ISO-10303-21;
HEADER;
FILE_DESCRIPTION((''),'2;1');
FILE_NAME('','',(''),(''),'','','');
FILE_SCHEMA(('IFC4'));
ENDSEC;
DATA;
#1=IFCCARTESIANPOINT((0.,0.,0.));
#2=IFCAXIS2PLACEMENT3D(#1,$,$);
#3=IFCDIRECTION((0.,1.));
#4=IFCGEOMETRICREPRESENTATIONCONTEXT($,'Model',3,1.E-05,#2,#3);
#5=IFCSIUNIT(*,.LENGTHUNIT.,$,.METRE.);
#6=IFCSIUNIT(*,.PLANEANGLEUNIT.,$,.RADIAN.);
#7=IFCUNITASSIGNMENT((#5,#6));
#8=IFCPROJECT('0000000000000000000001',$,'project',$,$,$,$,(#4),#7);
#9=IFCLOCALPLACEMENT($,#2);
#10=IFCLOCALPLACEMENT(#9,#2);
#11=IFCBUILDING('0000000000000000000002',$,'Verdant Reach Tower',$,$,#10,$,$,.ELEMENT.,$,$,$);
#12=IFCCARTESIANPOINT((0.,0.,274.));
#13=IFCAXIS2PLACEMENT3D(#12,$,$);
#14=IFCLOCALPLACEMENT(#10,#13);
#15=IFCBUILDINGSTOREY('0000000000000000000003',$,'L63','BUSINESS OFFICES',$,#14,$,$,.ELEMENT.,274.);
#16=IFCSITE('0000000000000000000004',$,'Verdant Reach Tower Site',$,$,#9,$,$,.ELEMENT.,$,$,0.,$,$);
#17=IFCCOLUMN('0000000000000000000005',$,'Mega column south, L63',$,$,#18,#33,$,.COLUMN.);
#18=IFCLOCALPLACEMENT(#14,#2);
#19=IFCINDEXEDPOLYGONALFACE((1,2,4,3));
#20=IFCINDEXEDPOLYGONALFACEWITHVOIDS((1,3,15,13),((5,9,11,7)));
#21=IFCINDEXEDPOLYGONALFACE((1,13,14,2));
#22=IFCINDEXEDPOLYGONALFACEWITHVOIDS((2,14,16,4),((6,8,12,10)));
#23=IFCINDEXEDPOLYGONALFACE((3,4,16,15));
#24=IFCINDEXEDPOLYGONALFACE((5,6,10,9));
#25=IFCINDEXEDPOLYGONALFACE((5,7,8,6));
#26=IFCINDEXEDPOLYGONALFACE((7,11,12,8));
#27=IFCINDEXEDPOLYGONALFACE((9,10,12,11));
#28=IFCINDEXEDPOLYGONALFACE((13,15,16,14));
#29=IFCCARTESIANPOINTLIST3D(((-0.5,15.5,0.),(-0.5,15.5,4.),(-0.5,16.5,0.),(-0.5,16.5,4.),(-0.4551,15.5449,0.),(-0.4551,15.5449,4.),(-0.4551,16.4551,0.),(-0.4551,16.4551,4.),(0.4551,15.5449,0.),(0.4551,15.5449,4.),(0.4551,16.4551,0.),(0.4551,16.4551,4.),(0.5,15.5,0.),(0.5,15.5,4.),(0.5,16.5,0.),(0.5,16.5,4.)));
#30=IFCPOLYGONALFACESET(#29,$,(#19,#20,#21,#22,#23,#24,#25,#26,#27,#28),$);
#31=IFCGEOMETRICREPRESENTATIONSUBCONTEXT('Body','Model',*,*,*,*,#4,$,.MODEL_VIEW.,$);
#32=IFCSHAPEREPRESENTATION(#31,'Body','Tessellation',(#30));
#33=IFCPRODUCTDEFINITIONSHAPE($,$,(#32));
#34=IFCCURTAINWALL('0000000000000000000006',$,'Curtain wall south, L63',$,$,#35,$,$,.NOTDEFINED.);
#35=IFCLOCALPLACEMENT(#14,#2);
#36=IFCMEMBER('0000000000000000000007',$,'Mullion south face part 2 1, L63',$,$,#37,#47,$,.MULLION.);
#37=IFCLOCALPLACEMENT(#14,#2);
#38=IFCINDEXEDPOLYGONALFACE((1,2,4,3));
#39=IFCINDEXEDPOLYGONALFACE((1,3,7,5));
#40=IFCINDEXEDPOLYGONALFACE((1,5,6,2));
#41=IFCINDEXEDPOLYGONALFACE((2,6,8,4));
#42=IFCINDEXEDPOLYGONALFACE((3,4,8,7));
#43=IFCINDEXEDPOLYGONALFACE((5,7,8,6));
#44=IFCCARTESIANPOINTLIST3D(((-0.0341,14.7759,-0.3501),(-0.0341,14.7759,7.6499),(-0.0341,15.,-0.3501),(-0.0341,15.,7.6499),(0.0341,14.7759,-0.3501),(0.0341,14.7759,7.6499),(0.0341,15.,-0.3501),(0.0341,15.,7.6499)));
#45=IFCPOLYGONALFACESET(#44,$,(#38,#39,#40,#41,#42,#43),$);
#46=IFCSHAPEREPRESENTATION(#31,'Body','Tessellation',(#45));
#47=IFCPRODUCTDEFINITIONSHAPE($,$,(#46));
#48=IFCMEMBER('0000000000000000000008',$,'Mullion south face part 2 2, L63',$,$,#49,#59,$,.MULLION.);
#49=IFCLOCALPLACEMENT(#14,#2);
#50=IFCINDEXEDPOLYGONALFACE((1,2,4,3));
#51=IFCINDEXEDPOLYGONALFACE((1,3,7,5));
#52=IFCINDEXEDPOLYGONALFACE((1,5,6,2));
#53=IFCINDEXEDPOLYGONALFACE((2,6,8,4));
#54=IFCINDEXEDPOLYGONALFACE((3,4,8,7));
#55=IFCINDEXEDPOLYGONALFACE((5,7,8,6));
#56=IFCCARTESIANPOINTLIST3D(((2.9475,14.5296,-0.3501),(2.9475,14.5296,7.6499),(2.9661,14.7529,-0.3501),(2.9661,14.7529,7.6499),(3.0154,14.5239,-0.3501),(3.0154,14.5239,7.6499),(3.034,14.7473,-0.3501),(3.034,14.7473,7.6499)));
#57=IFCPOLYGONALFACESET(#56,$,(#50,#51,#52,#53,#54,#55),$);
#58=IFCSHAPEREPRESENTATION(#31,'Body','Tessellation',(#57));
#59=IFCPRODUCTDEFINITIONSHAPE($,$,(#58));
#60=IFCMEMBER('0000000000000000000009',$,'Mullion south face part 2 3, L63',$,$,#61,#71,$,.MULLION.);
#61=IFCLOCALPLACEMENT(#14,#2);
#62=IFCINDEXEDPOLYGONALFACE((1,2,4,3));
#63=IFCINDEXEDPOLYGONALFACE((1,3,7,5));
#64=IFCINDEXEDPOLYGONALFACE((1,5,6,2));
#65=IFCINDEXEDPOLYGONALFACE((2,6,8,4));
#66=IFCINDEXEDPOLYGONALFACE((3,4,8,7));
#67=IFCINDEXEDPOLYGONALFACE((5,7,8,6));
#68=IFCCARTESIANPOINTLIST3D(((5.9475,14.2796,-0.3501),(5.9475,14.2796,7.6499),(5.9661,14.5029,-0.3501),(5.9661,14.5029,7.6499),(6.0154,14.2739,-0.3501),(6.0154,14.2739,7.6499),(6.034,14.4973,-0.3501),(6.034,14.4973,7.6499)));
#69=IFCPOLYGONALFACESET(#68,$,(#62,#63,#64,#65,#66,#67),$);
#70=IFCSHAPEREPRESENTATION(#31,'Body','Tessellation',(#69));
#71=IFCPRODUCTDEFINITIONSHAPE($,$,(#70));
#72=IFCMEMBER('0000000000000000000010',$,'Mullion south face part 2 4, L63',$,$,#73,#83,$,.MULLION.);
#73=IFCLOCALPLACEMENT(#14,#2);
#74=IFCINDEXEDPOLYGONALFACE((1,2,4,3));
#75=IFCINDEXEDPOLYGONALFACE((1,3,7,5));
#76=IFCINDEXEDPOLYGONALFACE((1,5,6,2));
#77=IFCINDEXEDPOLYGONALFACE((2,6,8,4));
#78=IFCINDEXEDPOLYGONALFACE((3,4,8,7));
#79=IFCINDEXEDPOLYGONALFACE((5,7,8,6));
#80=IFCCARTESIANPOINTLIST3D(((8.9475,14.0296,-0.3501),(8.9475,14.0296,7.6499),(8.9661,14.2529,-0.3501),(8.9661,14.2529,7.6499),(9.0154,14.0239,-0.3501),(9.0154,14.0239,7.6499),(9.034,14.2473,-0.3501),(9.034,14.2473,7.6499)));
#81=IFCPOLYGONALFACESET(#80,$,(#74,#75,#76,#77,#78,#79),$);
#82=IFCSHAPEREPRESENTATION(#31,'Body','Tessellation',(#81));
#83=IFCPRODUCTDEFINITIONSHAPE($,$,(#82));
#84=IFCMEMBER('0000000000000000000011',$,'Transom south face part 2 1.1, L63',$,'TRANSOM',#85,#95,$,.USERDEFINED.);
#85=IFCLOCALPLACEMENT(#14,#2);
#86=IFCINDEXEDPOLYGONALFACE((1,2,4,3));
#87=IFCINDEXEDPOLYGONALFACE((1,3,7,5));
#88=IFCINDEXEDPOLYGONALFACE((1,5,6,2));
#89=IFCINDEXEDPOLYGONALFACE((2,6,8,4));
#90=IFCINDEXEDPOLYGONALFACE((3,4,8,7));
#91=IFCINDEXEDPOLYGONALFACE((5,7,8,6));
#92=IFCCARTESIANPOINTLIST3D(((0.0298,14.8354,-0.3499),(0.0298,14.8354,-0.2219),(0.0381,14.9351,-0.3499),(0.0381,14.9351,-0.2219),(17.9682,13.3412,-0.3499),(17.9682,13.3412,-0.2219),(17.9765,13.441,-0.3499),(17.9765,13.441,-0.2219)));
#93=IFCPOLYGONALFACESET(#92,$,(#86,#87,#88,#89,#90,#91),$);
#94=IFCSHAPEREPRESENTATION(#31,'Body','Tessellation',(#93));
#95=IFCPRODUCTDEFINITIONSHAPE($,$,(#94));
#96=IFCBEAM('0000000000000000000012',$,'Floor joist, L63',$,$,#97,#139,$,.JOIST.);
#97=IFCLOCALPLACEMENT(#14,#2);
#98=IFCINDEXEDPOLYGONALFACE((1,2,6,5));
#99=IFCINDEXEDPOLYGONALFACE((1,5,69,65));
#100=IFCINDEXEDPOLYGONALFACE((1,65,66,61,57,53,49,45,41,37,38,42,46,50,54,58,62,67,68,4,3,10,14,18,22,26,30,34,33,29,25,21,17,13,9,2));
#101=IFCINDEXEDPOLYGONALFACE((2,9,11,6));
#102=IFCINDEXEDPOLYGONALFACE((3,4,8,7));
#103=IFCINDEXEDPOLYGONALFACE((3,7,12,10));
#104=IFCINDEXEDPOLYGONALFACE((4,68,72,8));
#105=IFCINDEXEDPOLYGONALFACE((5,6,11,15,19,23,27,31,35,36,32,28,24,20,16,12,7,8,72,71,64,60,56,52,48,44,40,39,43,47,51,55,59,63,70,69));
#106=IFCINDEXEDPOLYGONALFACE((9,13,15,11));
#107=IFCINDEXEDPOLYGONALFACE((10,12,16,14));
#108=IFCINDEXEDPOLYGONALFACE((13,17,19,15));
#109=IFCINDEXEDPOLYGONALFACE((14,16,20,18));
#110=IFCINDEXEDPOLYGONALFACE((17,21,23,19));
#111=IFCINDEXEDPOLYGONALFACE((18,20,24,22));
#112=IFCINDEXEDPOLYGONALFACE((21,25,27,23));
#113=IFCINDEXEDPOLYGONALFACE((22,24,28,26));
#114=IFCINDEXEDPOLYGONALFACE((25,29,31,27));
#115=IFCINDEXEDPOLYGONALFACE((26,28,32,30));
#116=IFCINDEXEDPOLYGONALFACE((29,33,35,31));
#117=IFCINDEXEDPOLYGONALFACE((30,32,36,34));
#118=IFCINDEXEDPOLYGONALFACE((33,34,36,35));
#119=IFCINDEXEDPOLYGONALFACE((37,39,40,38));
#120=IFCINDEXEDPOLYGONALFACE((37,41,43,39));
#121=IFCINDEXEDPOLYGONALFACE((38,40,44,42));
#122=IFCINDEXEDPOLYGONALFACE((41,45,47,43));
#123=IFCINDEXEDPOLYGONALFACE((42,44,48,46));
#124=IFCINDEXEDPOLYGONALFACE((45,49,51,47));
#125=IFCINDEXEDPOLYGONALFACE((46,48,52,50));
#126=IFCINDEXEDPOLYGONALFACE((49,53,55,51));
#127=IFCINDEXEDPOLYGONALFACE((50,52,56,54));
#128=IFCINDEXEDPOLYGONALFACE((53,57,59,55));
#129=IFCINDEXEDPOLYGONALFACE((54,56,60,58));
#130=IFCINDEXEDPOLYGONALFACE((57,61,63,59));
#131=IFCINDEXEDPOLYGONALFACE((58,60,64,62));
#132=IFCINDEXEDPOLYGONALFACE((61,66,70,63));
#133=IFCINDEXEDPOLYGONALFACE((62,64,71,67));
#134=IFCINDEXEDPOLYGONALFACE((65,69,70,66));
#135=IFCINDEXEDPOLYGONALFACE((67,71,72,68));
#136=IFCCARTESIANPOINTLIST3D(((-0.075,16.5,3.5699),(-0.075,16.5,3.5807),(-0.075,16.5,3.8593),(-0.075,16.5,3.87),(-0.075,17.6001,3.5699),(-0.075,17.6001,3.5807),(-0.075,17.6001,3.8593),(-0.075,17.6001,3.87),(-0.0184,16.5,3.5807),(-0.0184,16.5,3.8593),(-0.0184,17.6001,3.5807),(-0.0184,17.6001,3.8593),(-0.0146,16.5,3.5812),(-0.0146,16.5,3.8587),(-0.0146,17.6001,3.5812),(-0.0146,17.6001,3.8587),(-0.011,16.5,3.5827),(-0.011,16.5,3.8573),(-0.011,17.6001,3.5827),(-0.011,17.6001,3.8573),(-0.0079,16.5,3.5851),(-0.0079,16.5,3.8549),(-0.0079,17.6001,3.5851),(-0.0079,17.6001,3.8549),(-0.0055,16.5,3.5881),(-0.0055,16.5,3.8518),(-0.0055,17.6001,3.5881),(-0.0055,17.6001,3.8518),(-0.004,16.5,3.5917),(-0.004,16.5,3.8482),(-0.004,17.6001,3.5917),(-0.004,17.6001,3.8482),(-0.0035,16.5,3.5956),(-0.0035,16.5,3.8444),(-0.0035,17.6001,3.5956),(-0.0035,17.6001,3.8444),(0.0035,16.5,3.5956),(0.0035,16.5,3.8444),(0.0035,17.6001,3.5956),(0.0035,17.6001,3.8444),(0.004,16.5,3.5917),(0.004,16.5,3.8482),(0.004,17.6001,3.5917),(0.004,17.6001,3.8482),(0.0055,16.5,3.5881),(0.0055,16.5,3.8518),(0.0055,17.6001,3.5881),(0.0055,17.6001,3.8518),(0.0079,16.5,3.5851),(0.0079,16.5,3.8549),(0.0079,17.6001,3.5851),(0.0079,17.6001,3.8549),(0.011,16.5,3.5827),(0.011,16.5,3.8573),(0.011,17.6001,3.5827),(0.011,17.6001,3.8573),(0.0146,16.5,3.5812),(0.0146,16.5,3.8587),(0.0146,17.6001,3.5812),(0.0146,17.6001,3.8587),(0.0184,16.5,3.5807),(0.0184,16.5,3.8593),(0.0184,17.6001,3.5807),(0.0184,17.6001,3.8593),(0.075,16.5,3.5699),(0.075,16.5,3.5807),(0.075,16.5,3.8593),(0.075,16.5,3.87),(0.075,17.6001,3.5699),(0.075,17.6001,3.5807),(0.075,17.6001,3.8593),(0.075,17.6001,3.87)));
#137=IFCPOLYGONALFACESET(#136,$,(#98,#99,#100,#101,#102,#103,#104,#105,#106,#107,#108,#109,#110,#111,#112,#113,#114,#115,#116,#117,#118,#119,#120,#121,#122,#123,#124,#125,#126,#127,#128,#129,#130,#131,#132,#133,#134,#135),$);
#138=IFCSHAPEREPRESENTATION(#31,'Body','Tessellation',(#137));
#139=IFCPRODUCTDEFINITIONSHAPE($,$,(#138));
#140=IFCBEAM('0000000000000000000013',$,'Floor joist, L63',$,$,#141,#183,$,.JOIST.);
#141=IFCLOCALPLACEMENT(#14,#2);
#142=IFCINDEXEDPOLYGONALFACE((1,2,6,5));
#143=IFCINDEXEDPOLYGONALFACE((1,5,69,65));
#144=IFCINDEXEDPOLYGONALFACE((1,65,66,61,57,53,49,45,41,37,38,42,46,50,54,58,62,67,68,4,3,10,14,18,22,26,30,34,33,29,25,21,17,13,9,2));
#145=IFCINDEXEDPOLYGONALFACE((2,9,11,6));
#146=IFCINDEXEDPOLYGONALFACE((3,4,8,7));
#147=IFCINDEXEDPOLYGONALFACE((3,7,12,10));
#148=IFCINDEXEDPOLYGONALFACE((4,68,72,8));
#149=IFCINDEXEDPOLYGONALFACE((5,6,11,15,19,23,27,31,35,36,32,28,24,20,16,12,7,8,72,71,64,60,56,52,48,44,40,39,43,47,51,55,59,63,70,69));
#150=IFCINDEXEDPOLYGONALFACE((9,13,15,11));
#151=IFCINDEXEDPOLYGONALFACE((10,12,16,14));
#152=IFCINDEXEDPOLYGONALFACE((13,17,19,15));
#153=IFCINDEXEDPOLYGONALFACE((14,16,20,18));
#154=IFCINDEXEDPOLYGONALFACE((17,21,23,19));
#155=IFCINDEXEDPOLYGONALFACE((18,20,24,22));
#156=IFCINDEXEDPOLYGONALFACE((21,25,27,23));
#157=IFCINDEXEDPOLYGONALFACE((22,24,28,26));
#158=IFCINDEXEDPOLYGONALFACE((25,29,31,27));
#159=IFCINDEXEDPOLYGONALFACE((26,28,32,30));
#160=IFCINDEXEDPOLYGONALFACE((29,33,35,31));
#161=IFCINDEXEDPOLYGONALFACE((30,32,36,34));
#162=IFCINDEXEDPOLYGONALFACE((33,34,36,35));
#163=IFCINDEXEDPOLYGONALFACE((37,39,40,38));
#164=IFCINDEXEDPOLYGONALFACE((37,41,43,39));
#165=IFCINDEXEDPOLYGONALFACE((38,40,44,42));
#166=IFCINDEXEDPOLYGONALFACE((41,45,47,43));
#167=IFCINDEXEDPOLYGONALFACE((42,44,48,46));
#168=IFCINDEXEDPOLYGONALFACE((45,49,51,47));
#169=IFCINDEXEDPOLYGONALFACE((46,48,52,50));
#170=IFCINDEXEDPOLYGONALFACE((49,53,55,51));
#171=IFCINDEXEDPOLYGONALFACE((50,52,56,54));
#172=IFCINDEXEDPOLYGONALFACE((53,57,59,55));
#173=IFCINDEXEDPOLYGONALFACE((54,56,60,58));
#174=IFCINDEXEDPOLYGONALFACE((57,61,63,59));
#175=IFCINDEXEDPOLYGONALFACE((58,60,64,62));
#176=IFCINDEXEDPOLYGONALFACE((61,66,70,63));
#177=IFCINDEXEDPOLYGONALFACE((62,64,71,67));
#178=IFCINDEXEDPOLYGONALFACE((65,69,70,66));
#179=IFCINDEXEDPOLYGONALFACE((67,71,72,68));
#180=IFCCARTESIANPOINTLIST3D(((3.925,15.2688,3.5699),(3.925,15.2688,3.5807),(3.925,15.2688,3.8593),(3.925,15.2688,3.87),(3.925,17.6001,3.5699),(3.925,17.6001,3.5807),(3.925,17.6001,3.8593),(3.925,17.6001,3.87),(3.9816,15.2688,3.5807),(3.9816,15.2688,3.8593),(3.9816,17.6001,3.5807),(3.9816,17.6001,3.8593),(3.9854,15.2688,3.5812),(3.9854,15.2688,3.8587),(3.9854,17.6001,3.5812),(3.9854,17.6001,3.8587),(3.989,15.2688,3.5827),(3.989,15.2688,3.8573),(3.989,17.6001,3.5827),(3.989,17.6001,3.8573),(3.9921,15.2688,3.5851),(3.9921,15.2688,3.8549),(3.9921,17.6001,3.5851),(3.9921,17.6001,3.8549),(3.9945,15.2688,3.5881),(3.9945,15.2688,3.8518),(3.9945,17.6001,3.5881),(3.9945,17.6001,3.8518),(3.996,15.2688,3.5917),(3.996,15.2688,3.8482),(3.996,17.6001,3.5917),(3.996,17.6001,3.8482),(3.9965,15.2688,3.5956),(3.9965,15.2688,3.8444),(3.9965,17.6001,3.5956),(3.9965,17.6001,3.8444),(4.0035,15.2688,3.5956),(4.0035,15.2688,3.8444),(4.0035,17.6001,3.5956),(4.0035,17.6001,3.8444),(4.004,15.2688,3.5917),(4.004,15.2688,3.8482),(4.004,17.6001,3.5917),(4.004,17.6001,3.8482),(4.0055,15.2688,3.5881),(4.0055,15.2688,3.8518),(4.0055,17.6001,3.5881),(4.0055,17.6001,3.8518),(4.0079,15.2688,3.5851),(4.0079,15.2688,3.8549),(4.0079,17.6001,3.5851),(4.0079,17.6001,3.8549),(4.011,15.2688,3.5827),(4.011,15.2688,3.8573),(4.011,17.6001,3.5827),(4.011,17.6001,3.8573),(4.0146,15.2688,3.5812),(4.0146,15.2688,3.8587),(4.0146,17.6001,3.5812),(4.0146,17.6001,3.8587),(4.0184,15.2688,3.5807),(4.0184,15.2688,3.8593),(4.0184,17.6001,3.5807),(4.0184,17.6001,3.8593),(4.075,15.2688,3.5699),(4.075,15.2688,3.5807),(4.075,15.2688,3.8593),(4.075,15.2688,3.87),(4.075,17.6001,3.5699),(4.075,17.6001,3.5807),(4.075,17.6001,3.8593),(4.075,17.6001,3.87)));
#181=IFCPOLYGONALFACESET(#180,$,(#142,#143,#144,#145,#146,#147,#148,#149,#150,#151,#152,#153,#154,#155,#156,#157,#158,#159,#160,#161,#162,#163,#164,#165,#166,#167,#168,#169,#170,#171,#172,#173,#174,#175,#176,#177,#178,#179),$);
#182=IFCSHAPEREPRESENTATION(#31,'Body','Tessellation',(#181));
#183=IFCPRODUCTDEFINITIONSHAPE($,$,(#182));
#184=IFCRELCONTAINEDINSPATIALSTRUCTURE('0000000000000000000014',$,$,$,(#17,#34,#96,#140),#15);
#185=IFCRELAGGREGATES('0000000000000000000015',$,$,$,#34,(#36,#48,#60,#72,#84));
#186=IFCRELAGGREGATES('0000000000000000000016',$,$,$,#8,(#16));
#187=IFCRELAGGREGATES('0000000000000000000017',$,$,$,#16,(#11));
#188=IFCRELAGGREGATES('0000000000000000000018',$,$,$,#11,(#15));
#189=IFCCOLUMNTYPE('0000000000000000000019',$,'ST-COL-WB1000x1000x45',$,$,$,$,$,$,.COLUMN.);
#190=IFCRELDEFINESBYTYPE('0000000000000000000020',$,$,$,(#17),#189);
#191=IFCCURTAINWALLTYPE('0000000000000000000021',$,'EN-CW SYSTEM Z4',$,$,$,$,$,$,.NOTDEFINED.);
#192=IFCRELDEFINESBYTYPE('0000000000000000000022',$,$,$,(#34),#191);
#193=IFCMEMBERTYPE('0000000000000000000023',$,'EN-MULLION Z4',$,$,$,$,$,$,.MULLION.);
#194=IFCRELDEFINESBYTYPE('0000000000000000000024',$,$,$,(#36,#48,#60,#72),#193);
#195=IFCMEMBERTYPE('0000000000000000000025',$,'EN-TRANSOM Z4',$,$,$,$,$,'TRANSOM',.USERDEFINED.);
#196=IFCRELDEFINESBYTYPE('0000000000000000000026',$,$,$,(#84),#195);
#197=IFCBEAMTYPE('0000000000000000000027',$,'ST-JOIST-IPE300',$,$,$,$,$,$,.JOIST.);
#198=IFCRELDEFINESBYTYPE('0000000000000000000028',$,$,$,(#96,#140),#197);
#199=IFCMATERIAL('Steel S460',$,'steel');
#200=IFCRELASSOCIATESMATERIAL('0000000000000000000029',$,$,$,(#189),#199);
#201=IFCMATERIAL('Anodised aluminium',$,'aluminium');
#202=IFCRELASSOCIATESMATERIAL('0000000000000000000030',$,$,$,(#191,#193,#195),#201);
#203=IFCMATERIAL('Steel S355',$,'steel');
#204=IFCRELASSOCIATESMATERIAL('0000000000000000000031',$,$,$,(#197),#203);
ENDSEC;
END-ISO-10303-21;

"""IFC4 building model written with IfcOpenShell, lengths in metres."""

from ifc_helpers import new_model, si_unit, direction, frame, origin, origin_2d, place, context, subcontext, project, spatial, rectangle, hollow_rectangle, i_section, extrude, material, material_profile, profile_set, type_object, element, aggregate, save


model = new_model("IFC4")

# Units and contexts
model_context = context("Model", 3, precision=1e-05, world=origin(), true_north=direction((0.0, 1.0)))
body_context = subcontext(model_context, "Body", "Model", "MODEL_VIEW")
ifc_project = project(units=[si_unit("LENGTHUNIT", "METRE"), si_unit("PLANEANGLEUNIT", "RADIAN")], contexts=[model_context])

# Site, building, storey
site_placement = place(None, origin())
site = spatial("IfcSite", under=ifc_project, at=site_placement, Name="Verdant Reach Tower Site", CompositionType="ELEMENT", RefElevation=0.0)
building_placement = place(site_placement, origin())
building = spatial("IfcBuilding", under=site, at=building_placement, Name="Verdant Reach Tower", CompositionType="ELEMENT")
storey_placement = place(building_placement, frame((0.0, 0.0, 274.0)))
storey = spatial("IfcBuildingStorey", under=building, at=storey_placement, Name="L63", Description="BUSINESS OFFICES", CompositionType="ELEMENT", Elevation=274.0)

# Column
ifc_material_1 = material(Name="Steel S460", Category="steel")
ifc_material_profile_1 = material_profile(ifc_material_1, hollow_rectangle(XDim=1.0, YDim=1.0, WallThickness=0.0449, at=origin_2d()), Name="WB 1000x1000x45")
ifc_profile_set_1 = profile_set([ifc_material_profile_1], Name="Steel S460")
column_type = type_object("IfcColumnType", Name="ST-COL-WB1000x1000x45", PredefinedType="COLUMN", material=ifc_profile_set_1)
column_placement = place(storey_placement, frame((0.0, 16.0, 0.0), z_axis=(0.0, 0.0, 1.0), x_axis=(1.0, 0.0, 0.0)))
element("IfcColumn", 1, at=column_placement, inside=storey, type_object=column_type, Name="Mega column south, L63", PredefinedType="COLUMN", context=body_context, shape_type="SweptSolid", body=[
    extrude(hollow_rectangle(XDim=1.0, YDim=1.0, WallThickness=0.0449, at=origin_2d()), origin(), (0.0, 0.0, 1.0), 4.0),
])

# Curtain wall, members
ifc_material_2 = material(Name="Anodised aluminium", Category="aluminium")
curtain_wall_type = type_object("IfcCurtainWallType", Name="EN-CW SYSTEM Z4", PredefinedType="NOTDEFINED", material=ifc_material_2)
curtain_wall_placement = place(storey_placement, origin())
curtain_wall = element("IfcCurtainWall", 2, at=curtain_wall_placement, inside=storey, type_object=curtain_wall_type, Name="Curtain wall south, L63", PredefinedType="NOTDEFINED")
ifc_material_profile_2 = material_profile(ifc_material_2, rectangle(XDim=0.2241, YDim=0.0681, at=origin_2d()), Name="Mullion 68x224")
ifc_profile_set_2 = profile_set([ifc_material_profile_2], Name="Anodised aluminium")
member_type_1 = type_object("IfcMemberType", Name="EN-MULLION Z4", PredefinedType="MULLION", material=ifc_profile_set_2)
member_1_placement = place(storey_placement, frame((0.0, 14.8879, -0.3501), z_axis=(0.0, 0.0, 1.0), x_axis=(0.0, -1.0, 0.0)))
member_1 = element("IfcMember", 3, at=member_1_placement, type_object=member_type_1, Name="Mullion south face part 2 1, L63", PredefinedType="MULLION", context=body_context, shape_type="SweptSolid", body=[
    extrude(rectangle(XDim=0.2241, YDim=0.0681, at=origin_2d()), origin(), (0.0, 0.0, 1.0), 8.0),
])
member_2_placement = place(storey_placement, frame((2.9907, 14.6384, -0.3501), z_axis=(0.0, 0.0, 1.0), x_axis=(-0.083045, -0.996546, 0.0)))
member_2 = element("IfcMember", 4, at=member_2_placement, type_object=member_type_1, Name="Mullion south face part 2 2, L63", PredefinedType="MULLION", context=body_context, shape_type="SweptSolid", body=[
    extrude(rectangle(XDim=0.2241, YDim=0.0681, at=origin_2d()), origin(), (0.0, 0.0, 1.0), 8.0),
])
member_3_placement = place(storey_placement, frame((5.9907, 14.3884, -0.3501), z_axis=(0.0, 0.0, 1.0), x_axis=(-0.083045, -0.996546, 0.0)))
member_3 = element("IfcMember", 5, at=member_3_placement, type_object=member_type_1, Name="Mullion south face part 2 3, L63", PredefinedType="MULLION", context=body_context, shape_type="SweptSolid", body=[
    extrude(rectangle(XDim=0.2241, YDim=0.0681, at=origin_2d()), origin(), (0.0, 0.0, 1.0), 8.0),
])
member_4_placement = place(storey_placement, frame((8.9907, 14.1384, -0.3501), z_axis=(0.0, 0.0, 1.0), x_axis=(-0.083045, -0.996546, 0.0)))
member_4 = element("IfcMember", 6, at=member_4_placement, type_object=member_type_1, Name="Mullion south face part 2 4, L63", PredefinedType="MULLION", context=body_context, shape_type="SweptSolid", body=[
    extrude(rectangle(XDim=0.2241, YDim=0.0681, at=origin_2d()), origin(), (0.0, 0.0, 1.0), 8.0),
])
ifc_material_profile_3 = material_profile(ifc_material_2, rectangle(XDim=0.1001, YDim=0.1279, at=origin_2d()), Name="Transom 128x100")
ifc_profile_set_3 = profile_set([ifc_material_profile_3], Name="Anodised aluminium")
member_type_2 = type_object("IfcMemberType", Name="EN-TRANSOM Z4", ElementType="TRANSOM", PredefinedType="USERDEFINED", material=ifc_profile_set_3)
member_5_placement = place(storey_placement, frame((0.0339, 14.8853, -0.2859), z_axis=(0.996549, -0.083005, 0.0), x_axis=(0.083005, 0.996549, 0.0)))
member_5 = element("IfcMember", 7, at=member_5_placement, type_object=member_type_2, Name="Transom south face part 2 1.1, L63", ObjectType="TRANSOM", PredefinedType="USERDEFINED", context=body_context, shape_type="SweptSolid", body=[
    extrude(rectangle(XDim=0.1001, YDim=0.1279, at=origin_2d()), origin(), (0.0, 0.0, 1.0), 18.0005),
])

# Beams
ifc_material_3 = material(Name="Steel S355", Category="steel")
ifc_material_profile_4 = material_profile(ifc_material_3, i_section(OverallWidth=0.1499, OverallDepth=0.3, WebThickness=0.0071, FlangeThickness=0.0107, FilletRadius=0.0149, at=origin_2d()), Name="IPE 300")
ifc_profile_set_4 = profile_set([ifc_material_profile_4], Name="Steel S355")
beam_type = type_object("IfcBeamType", Name="ST-JOIST-IPE300", PredefinedType="JOIST", material=ifc_profile_set_4)
beam_1_placement = place(storey_placement, frame((0.0, 17.6001, 3.72), z_axis=(0.0, -1.0, 0.0), x_axis=(1.0, 0.0, 0.0)))
element("IfcBeam", 8, at=beam_1_placement, inside=storey, type_object=beam_type, Name="Floor joist, L63", PredefinedType="JOIST", context=body_context, shape_type="SweptSolid", body=[
    extrude(i_section(OverallWidth=0.1499, OverallDepth=0.3, WebThickness=0.0071, FlangeThickness=0.0107, FilletRadius=0.0149, at=origin_2d()), origin(), (0.0, 0.0, 1.0), 1.1001),
])
beam_2_placement = place(storey_placement, frame((4.0, 17.6001, 3.72), z_axis=(0.0, -1.0, 0.0), x_axis=(1.0, 0.0, 0.0)))
element("IfcBeam", 9, at=beam_2_placement, inside=storey, type_object=beam_type, Name="Floor joist, L63", PredefinedType="JOIST", context=body_context, shape_type="SweptSolid", body=[
    extrude(i_section(OverallWidth=0.1499, OverallDepth=0.3, WebThickness=0.0071, FlangeThickness=0.0107, FilletRadius=0.0149, at=origin_2d()), origin(), (0.0, 0.0, 1.0), 2.3313),
])

aggregate(curtain_wall, [member_1, member_2, member_3, member_4, member_5])

save(model, "model.ifc")
